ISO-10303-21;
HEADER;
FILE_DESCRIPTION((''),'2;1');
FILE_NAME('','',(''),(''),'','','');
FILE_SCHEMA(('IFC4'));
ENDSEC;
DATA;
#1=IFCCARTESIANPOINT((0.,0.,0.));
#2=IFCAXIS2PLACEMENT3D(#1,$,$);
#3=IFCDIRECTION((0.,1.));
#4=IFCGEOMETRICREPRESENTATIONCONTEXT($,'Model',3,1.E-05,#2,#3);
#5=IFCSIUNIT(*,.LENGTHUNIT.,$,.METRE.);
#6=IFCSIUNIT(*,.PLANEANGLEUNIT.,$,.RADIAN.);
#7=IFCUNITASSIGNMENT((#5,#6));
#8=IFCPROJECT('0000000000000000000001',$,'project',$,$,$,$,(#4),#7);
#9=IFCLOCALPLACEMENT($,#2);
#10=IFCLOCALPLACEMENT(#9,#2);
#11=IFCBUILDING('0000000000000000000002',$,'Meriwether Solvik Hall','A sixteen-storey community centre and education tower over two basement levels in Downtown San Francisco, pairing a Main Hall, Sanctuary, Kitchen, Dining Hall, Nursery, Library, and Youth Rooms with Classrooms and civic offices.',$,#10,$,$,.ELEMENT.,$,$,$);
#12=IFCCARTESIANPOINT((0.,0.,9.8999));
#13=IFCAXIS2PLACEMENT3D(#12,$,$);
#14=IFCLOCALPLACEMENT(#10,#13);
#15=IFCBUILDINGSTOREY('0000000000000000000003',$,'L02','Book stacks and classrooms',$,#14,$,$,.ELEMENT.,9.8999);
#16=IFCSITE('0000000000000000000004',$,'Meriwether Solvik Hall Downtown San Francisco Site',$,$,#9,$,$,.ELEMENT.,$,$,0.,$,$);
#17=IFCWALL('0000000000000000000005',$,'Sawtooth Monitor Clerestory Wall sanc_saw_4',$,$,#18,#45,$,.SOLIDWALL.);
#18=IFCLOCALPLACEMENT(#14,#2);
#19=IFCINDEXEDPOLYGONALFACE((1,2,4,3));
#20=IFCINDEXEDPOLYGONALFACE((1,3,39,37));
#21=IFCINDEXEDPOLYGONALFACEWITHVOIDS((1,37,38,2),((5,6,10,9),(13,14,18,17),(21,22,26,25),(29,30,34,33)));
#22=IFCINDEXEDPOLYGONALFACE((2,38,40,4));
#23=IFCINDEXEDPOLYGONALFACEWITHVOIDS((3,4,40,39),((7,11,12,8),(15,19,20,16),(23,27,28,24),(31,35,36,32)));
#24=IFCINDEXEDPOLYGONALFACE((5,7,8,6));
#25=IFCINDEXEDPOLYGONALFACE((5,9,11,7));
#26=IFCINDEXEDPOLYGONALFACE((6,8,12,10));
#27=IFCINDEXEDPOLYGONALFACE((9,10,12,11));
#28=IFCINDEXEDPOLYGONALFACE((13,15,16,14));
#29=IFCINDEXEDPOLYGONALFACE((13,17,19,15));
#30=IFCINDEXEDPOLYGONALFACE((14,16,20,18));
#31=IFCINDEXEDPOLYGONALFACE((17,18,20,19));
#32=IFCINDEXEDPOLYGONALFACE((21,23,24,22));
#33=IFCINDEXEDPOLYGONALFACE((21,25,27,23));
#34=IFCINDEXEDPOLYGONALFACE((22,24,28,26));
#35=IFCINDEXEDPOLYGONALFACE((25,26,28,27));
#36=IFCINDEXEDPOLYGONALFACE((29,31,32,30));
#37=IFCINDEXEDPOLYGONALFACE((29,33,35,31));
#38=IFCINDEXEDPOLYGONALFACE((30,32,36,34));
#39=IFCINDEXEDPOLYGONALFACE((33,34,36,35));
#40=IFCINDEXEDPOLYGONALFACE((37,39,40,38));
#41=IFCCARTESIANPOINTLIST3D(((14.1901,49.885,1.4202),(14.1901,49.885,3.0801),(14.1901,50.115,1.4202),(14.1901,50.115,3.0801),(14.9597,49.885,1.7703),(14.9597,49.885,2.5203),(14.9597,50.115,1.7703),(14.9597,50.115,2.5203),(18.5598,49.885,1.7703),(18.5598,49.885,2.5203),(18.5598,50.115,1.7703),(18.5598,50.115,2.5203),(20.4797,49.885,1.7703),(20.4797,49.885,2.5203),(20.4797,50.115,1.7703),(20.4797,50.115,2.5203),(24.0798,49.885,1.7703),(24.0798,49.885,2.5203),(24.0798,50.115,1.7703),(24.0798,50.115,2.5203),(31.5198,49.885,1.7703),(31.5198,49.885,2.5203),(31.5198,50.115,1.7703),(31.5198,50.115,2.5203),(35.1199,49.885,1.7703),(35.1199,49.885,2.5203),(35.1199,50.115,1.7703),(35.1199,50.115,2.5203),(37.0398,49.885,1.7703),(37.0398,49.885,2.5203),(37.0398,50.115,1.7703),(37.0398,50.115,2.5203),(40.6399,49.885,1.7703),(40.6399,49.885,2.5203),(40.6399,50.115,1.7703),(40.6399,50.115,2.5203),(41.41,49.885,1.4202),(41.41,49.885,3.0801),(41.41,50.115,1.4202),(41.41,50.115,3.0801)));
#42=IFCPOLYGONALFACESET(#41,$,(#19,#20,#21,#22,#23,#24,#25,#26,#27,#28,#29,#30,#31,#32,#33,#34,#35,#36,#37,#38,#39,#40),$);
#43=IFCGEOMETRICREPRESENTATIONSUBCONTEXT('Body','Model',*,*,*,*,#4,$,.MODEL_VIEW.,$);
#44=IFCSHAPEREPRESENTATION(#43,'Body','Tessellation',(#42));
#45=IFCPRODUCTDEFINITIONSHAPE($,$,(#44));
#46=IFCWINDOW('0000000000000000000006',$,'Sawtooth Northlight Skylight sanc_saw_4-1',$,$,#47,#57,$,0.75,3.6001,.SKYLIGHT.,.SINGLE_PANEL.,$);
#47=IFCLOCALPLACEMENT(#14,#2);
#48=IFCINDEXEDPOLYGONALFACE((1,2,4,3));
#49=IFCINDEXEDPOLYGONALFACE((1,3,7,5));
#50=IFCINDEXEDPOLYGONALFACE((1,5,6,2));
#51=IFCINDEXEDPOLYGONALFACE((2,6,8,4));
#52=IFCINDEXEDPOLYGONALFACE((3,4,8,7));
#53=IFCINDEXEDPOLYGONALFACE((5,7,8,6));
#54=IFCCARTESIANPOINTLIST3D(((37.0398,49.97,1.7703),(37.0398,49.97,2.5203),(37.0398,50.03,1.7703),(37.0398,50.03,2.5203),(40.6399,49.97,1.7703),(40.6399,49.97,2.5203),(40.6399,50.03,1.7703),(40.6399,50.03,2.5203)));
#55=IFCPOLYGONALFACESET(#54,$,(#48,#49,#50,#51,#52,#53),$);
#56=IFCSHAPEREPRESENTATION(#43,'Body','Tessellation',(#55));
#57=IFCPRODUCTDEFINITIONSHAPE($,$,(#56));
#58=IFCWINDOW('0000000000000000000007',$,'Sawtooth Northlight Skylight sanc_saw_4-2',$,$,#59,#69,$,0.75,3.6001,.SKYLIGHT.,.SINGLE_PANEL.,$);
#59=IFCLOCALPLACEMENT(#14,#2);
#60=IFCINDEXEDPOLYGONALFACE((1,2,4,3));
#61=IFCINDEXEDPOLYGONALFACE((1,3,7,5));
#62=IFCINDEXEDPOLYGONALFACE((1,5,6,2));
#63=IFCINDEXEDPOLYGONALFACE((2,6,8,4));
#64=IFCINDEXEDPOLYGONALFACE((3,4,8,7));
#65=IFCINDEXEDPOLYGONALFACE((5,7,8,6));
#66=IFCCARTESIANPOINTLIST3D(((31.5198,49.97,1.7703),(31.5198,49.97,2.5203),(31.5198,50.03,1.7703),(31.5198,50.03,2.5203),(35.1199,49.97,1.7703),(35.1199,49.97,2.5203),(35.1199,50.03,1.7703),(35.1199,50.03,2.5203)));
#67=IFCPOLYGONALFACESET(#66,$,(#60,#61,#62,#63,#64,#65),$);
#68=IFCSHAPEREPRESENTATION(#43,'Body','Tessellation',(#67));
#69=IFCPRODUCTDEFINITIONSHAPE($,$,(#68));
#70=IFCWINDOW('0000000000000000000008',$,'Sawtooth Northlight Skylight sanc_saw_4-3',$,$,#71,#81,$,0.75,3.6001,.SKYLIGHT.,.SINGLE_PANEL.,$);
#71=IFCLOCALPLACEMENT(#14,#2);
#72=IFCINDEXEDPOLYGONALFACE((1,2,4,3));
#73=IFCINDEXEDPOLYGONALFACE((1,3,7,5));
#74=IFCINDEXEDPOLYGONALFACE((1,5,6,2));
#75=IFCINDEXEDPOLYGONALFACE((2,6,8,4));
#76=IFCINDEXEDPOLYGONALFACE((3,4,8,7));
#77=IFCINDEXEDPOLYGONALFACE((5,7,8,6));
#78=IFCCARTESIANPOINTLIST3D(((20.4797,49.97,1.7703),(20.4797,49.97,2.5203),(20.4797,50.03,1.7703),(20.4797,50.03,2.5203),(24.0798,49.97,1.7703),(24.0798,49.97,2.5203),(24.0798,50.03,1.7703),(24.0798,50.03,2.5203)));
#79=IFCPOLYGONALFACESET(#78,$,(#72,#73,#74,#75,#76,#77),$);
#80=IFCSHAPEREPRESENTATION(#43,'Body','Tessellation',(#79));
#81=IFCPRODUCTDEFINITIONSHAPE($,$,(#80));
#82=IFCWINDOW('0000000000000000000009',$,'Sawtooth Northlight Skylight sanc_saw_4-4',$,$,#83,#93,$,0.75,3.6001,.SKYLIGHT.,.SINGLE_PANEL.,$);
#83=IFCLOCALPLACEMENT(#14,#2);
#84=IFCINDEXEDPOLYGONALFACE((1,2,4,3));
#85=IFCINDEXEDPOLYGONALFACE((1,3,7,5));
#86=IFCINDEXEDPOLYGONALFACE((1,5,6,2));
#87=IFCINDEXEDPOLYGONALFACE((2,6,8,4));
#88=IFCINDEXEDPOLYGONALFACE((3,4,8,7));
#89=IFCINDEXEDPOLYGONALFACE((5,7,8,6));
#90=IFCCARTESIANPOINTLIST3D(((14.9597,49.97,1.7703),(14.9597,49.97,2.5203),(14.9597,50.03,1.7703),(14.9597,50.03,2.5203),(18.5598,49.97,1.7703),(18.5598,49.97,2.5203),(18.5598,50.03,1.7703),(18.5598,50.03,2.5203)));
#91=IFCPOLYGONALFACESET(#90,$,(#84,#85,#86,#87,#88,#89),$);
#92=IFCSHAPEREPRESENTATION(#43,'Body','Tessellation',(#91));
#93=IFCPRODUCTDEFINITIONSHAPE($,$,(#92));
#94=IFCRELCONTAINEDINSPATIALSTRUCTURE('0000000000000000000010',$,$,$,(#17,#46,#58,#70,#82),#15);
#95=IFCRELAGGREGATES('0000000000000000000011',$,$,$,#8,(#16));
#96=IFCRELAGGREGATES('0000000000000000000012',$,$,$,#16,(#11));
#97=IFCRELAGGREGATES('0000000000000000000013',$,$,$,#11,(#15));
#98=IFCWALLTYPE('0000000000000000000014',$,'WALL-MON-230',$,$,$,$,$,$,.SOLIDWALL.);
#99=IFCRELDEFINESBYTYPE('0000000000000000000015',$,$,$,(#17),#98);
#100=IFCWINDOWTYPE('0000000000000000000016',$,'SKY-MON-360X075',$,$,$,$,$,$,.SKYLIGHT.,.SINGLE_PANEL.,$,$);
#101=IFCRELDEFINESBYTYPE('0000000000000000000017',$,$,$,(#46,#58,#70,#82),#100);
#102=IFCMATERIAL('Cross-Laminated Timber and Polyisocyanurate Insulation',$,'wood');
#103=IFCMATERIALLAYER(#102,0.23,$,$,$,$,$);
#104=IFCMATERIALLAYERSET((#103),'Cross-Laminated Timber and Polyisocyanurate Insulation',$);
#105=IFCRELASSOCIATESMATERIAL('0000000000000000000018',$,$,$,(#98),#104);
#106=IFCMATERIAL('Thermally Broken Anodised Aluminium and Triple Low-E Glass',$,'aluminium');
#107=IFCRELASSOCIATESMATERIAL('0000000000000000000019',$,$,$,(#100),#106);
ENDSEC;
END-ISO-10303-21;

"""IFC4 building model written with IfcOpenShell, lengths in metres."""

from ifc_helpers import new_model, si_unit, direction, frame, frame_2d, origin, place, context, subcontext, project, spatial, rectangle, extrude, material, layer, layer_set, type_object, element, fill, save


model = new_model("IFC4")

# Units and contexts
model_context = context("Model", 3, precision=1e-05, world=origin(), true_north=direction((0.0, 1.0)))
body_context = subcontext(model_context, "Body", "Model", "MODEL_VIEW")
ifc_project = project(units=[si_unit("LENGTHUNIT", "METRE"), si_unit("PLANEANGLEUNIT", "RADIAN")], contexts=[model_context])

# Site, building, storey
site_placement = place(None, origin())
site = spatial("IfcSite", under=ifc_project, at=site_placement, Name="Meriwether Solvik Hall Downtown San Francisco Site", CompositionType="ELEMENT", RefElevation=0.0)
building_placement = place(site_placement, origin())
building = spatial("IfcBuilding", under=site, at=building_placement, Name="Meriwether Solvik Hall", Description="A sixteen-storey community centre and education tower over two basement levels in Downtown San Francisco, pairing a Main Hall, Sanctuary, Kitchen, Dining Hall, Nursery, Library, and Youth Rooms with Classrooms and civic offices.", CompositionType="ELEMENT")
storey_placement = place(building_placement, frame((0.0, 0.0, 9.8999)))
storey = spatial("IfcBuildingStorey", under=building, at=storey_placement, Name="L02", Description="Book stacks and classrooms", CompositionType="ELEMENT", Elevation=9.8999)

# Wall, openings, windows
ifc_material_1 = material(Name="Cross-Laminated Timber and Polyisocyanurate Insulation", Category="wood")
ifc_layer_1 = layer(ifc_material_1, 0.23)
ifc_layer_set_1 = layer_set([ifc_layer_1], Name="Cross-Laminated Timber and Polyisocyanurate Insulation")
wall_type_1 = type_object("IfcWallType", Name="WALL-MON-230", PredefinedType="SOLIDWALL", material=ifc_layer_set_1)
ifc_material_2 = material(Name="Thermally Broken Anodised Aluminium and Triple Low-E Glass", Category="aluminium")
window_type = type_object("IfcWindowType", Name="SKY-MON-360X075", PartitioningType="SINGLE_PANEL", PredefinedType="SKYLIGHT", material=ifc_material_2)
wall_1_placement = place(storey_placement, frame((41.4099, 50.0, 1.4202), z_axis=(0.0, 0.0, 1.0), x_axis=(-1.0, 0.0, 0.0)))
wall_1 = element("IfcWall", 1, at=wall_1_placement, inside=storey, type_object=wall_type_1, Name="Sawtooth Monitor Clerestory Wall sanc_saw_4", PredefinedType="SOLIDWALL", context=body_context, shape_type="SweptSolid", body=[
    extrude(rectangle(XDim=27.22, YDim=0.23, at=frame_2d((13.6099, 0.0))), origin(), (0.0, 0.0, 1.0), 1.6599),
])
opening_1_placement = place(wall_1_placement, frame((0.77, 0.0, 0.3501)))
opening_1 = element("IfcOpeningElement", 2, at=opening_1_placement, cuts=wall_1, PredefinedType="OPENING", context=body_context, shape_type="SweptSolid", body=[
    extrude(rectangle(XDim=3.6001, YDim=0.75, at=frame_2d((1.8, 0.375))), frame((0.0, 0.127, 0.0), z_axis=(0.0, -1.0, 0.0), x_axis=(1.0, 0.0, 0.0)), (0.0, 0.0, 1.0), 0.2539),
])
opening_2_placement = place(wall_1_placement, frame((6.29, 0.0, 0.3501)))
opening_2 = element("IfcOpeningElement", 3, at=opening_2_placement, cuts=wall_1, PredefinedType="OPENING", context=body_context, shape_type="SweptSolid", body=[
    extrude(rectangle(XDim=3.6001, YDim=0.75, at=frame_2d((1.8, 0.375))), frame((0.0, 0.127, 0.0), z_axis=(0.0, -1.0, 0.0), x_axis=(1.0, 0.0, 0.0)), (0.0, 0.0, 1.0), 0.2539),
])
opening_3_placement = place(wall_1_placement, frame((17.3301, 0.0, 0.3501)))
opening_3 = element("IfcOpeningElement", 4, at=opening_3_placement, cuts=wall_1, PredefinedType="OPENING", context=body_context, shape_type="SweptSolid", body=[
    extrude(rectangle(XDim=3.6001, YDim=0.75, at=frame_2d((1.8, 0.375))), frame((0.0, 0.127, 0.0), z_axis=(0.0, -1.0, 0.0), x_axis=(1.0, 0.0, 0.0)), (0.0, 0.0, 1.0), 0.2539),
])
opening_4_placement = place(wall_1_placement, frame((22.8501, 0.0, 0.3501)))
opening_4 = element("IfcOpeningElement", 5, at=opening_4_placement, cuts=wall_1, PredefinedType="OPENING", context=body_context, shape_type="SweptSolid", body=[
    extrude(rectangle(XDim=3.6001, YDim=0.75, at=frame_2d((1.8, 0.375))), frame((0.0, 0.127, 0.0), z_axis=(0.0, -1.0, 0.0), x_axis=(1.0, 0.0, 0.0)), (0.0, 0.0, 1.0), 0.2539),
])
window_1_placement = place(opening_1_placement, origin())
window_1 = element("IfcWindow", 6, at=window_1_placement, inside=storey, type_object=window_type, Name="Sawtooth Northlight Skylight sanc_saw_4-1", OverallHeight=0.75, OverallWidth=3.6001, PartitioningType="SINGLE_PANEL", PredefinedType="SKYLIGHT", context=body_context, shape_type="SweptSolid", body=[
    extrude(rectangle(XDim=3.6001, YDim=0.75, at=frame_2d((1.8, 0.375))), frame((0.0, 0.03, 0.0), z_axis=(0.0, -1.0, 0.0), x_axis=(1.0, 0.0, 0.0)), (0.0, 0.0, 1.0), 0.0601),
])
fill(opening_1, window_1)
window_2_placement = place(opening_2_placement, origin())
window_2 = element("IfcWindow", 7, at=window_2_placement, inside=storey, type_object=window_type, Name="Sawtooth Northlight Skylight sanc_saw_4-2", OverallHeight=0.75, OverallWidth=3.6001, PartitioningType="SINGLE_PANEL", PredefinedType="SKYLIGHT", context=body_context, shape_type="SweptSolid", body=[
    extrude(rectangle(XDim=3.6001, YDim=0.75, at=frame_2d((1.8, 0.375))), frame((0.0, 0.03, 0.0), z_axis=(0.0, -1.0, 0.0), x_axis=(1.0, 0.0, 0.0)), (0.0, 0.0, 1.0), 0.0601),
])
fill(opening_2, window_2)
window_3_placement = place(opening_3_placement, origin())
window_3 = element("IfcWindow", 8, at=window_3_placement, inside=storey, type_object=window_type, Name="Sawtooth Northlight Skylight sanc_saw_4-3", OverallHeight=0.75, OverallWidth=3.6001, PartitioningType="SINGLE_PANEL", PredefinedType="SKYLIGHT", context=body_context, shape_type="SweptSolid", body=[
    extrude(rectangle(XDim=3.6001, YDim=0.75, at=frame_2d((1.8, 0.375))), frame((0.0, 0.03, 0.0), z_axis=(0.0, -1.0, 0.0), x_axis=(1.0, 0.0, 0.0)), (0.0, 0.0, 1.0), 0.0601),
])
fill(opening_3, window_3)
window_4_placement = place(opening_4_placement, origin())
window_4 = element("IfcWindow", 9, at=window_4_placement, inside=storey, type_object=window_type, Name="Sawtooth Northlight Skylight sanc_saw_4-4", OverallHeight=0.75, OverallWidth=3.6001, PartitioningType="SINGLE_PANEL", PredefinedType="SKYLIGHT", context=body_context, shape_type="SweptSolid", body=[
    extrude(rectangle(XDim=3.6001, YDim=0.75, at=frame_2d((1.8, 0.375))), frame((0.0, 0.03, 0.0), z_axis=(0.0, -1.0, 0.0), x_axis=(1.0, 0.0, 0.0)), (0.0, 0.0, 1.0), 0.0601),
])
fill(opening_4, window_4)

save(model, "model.ifc")
